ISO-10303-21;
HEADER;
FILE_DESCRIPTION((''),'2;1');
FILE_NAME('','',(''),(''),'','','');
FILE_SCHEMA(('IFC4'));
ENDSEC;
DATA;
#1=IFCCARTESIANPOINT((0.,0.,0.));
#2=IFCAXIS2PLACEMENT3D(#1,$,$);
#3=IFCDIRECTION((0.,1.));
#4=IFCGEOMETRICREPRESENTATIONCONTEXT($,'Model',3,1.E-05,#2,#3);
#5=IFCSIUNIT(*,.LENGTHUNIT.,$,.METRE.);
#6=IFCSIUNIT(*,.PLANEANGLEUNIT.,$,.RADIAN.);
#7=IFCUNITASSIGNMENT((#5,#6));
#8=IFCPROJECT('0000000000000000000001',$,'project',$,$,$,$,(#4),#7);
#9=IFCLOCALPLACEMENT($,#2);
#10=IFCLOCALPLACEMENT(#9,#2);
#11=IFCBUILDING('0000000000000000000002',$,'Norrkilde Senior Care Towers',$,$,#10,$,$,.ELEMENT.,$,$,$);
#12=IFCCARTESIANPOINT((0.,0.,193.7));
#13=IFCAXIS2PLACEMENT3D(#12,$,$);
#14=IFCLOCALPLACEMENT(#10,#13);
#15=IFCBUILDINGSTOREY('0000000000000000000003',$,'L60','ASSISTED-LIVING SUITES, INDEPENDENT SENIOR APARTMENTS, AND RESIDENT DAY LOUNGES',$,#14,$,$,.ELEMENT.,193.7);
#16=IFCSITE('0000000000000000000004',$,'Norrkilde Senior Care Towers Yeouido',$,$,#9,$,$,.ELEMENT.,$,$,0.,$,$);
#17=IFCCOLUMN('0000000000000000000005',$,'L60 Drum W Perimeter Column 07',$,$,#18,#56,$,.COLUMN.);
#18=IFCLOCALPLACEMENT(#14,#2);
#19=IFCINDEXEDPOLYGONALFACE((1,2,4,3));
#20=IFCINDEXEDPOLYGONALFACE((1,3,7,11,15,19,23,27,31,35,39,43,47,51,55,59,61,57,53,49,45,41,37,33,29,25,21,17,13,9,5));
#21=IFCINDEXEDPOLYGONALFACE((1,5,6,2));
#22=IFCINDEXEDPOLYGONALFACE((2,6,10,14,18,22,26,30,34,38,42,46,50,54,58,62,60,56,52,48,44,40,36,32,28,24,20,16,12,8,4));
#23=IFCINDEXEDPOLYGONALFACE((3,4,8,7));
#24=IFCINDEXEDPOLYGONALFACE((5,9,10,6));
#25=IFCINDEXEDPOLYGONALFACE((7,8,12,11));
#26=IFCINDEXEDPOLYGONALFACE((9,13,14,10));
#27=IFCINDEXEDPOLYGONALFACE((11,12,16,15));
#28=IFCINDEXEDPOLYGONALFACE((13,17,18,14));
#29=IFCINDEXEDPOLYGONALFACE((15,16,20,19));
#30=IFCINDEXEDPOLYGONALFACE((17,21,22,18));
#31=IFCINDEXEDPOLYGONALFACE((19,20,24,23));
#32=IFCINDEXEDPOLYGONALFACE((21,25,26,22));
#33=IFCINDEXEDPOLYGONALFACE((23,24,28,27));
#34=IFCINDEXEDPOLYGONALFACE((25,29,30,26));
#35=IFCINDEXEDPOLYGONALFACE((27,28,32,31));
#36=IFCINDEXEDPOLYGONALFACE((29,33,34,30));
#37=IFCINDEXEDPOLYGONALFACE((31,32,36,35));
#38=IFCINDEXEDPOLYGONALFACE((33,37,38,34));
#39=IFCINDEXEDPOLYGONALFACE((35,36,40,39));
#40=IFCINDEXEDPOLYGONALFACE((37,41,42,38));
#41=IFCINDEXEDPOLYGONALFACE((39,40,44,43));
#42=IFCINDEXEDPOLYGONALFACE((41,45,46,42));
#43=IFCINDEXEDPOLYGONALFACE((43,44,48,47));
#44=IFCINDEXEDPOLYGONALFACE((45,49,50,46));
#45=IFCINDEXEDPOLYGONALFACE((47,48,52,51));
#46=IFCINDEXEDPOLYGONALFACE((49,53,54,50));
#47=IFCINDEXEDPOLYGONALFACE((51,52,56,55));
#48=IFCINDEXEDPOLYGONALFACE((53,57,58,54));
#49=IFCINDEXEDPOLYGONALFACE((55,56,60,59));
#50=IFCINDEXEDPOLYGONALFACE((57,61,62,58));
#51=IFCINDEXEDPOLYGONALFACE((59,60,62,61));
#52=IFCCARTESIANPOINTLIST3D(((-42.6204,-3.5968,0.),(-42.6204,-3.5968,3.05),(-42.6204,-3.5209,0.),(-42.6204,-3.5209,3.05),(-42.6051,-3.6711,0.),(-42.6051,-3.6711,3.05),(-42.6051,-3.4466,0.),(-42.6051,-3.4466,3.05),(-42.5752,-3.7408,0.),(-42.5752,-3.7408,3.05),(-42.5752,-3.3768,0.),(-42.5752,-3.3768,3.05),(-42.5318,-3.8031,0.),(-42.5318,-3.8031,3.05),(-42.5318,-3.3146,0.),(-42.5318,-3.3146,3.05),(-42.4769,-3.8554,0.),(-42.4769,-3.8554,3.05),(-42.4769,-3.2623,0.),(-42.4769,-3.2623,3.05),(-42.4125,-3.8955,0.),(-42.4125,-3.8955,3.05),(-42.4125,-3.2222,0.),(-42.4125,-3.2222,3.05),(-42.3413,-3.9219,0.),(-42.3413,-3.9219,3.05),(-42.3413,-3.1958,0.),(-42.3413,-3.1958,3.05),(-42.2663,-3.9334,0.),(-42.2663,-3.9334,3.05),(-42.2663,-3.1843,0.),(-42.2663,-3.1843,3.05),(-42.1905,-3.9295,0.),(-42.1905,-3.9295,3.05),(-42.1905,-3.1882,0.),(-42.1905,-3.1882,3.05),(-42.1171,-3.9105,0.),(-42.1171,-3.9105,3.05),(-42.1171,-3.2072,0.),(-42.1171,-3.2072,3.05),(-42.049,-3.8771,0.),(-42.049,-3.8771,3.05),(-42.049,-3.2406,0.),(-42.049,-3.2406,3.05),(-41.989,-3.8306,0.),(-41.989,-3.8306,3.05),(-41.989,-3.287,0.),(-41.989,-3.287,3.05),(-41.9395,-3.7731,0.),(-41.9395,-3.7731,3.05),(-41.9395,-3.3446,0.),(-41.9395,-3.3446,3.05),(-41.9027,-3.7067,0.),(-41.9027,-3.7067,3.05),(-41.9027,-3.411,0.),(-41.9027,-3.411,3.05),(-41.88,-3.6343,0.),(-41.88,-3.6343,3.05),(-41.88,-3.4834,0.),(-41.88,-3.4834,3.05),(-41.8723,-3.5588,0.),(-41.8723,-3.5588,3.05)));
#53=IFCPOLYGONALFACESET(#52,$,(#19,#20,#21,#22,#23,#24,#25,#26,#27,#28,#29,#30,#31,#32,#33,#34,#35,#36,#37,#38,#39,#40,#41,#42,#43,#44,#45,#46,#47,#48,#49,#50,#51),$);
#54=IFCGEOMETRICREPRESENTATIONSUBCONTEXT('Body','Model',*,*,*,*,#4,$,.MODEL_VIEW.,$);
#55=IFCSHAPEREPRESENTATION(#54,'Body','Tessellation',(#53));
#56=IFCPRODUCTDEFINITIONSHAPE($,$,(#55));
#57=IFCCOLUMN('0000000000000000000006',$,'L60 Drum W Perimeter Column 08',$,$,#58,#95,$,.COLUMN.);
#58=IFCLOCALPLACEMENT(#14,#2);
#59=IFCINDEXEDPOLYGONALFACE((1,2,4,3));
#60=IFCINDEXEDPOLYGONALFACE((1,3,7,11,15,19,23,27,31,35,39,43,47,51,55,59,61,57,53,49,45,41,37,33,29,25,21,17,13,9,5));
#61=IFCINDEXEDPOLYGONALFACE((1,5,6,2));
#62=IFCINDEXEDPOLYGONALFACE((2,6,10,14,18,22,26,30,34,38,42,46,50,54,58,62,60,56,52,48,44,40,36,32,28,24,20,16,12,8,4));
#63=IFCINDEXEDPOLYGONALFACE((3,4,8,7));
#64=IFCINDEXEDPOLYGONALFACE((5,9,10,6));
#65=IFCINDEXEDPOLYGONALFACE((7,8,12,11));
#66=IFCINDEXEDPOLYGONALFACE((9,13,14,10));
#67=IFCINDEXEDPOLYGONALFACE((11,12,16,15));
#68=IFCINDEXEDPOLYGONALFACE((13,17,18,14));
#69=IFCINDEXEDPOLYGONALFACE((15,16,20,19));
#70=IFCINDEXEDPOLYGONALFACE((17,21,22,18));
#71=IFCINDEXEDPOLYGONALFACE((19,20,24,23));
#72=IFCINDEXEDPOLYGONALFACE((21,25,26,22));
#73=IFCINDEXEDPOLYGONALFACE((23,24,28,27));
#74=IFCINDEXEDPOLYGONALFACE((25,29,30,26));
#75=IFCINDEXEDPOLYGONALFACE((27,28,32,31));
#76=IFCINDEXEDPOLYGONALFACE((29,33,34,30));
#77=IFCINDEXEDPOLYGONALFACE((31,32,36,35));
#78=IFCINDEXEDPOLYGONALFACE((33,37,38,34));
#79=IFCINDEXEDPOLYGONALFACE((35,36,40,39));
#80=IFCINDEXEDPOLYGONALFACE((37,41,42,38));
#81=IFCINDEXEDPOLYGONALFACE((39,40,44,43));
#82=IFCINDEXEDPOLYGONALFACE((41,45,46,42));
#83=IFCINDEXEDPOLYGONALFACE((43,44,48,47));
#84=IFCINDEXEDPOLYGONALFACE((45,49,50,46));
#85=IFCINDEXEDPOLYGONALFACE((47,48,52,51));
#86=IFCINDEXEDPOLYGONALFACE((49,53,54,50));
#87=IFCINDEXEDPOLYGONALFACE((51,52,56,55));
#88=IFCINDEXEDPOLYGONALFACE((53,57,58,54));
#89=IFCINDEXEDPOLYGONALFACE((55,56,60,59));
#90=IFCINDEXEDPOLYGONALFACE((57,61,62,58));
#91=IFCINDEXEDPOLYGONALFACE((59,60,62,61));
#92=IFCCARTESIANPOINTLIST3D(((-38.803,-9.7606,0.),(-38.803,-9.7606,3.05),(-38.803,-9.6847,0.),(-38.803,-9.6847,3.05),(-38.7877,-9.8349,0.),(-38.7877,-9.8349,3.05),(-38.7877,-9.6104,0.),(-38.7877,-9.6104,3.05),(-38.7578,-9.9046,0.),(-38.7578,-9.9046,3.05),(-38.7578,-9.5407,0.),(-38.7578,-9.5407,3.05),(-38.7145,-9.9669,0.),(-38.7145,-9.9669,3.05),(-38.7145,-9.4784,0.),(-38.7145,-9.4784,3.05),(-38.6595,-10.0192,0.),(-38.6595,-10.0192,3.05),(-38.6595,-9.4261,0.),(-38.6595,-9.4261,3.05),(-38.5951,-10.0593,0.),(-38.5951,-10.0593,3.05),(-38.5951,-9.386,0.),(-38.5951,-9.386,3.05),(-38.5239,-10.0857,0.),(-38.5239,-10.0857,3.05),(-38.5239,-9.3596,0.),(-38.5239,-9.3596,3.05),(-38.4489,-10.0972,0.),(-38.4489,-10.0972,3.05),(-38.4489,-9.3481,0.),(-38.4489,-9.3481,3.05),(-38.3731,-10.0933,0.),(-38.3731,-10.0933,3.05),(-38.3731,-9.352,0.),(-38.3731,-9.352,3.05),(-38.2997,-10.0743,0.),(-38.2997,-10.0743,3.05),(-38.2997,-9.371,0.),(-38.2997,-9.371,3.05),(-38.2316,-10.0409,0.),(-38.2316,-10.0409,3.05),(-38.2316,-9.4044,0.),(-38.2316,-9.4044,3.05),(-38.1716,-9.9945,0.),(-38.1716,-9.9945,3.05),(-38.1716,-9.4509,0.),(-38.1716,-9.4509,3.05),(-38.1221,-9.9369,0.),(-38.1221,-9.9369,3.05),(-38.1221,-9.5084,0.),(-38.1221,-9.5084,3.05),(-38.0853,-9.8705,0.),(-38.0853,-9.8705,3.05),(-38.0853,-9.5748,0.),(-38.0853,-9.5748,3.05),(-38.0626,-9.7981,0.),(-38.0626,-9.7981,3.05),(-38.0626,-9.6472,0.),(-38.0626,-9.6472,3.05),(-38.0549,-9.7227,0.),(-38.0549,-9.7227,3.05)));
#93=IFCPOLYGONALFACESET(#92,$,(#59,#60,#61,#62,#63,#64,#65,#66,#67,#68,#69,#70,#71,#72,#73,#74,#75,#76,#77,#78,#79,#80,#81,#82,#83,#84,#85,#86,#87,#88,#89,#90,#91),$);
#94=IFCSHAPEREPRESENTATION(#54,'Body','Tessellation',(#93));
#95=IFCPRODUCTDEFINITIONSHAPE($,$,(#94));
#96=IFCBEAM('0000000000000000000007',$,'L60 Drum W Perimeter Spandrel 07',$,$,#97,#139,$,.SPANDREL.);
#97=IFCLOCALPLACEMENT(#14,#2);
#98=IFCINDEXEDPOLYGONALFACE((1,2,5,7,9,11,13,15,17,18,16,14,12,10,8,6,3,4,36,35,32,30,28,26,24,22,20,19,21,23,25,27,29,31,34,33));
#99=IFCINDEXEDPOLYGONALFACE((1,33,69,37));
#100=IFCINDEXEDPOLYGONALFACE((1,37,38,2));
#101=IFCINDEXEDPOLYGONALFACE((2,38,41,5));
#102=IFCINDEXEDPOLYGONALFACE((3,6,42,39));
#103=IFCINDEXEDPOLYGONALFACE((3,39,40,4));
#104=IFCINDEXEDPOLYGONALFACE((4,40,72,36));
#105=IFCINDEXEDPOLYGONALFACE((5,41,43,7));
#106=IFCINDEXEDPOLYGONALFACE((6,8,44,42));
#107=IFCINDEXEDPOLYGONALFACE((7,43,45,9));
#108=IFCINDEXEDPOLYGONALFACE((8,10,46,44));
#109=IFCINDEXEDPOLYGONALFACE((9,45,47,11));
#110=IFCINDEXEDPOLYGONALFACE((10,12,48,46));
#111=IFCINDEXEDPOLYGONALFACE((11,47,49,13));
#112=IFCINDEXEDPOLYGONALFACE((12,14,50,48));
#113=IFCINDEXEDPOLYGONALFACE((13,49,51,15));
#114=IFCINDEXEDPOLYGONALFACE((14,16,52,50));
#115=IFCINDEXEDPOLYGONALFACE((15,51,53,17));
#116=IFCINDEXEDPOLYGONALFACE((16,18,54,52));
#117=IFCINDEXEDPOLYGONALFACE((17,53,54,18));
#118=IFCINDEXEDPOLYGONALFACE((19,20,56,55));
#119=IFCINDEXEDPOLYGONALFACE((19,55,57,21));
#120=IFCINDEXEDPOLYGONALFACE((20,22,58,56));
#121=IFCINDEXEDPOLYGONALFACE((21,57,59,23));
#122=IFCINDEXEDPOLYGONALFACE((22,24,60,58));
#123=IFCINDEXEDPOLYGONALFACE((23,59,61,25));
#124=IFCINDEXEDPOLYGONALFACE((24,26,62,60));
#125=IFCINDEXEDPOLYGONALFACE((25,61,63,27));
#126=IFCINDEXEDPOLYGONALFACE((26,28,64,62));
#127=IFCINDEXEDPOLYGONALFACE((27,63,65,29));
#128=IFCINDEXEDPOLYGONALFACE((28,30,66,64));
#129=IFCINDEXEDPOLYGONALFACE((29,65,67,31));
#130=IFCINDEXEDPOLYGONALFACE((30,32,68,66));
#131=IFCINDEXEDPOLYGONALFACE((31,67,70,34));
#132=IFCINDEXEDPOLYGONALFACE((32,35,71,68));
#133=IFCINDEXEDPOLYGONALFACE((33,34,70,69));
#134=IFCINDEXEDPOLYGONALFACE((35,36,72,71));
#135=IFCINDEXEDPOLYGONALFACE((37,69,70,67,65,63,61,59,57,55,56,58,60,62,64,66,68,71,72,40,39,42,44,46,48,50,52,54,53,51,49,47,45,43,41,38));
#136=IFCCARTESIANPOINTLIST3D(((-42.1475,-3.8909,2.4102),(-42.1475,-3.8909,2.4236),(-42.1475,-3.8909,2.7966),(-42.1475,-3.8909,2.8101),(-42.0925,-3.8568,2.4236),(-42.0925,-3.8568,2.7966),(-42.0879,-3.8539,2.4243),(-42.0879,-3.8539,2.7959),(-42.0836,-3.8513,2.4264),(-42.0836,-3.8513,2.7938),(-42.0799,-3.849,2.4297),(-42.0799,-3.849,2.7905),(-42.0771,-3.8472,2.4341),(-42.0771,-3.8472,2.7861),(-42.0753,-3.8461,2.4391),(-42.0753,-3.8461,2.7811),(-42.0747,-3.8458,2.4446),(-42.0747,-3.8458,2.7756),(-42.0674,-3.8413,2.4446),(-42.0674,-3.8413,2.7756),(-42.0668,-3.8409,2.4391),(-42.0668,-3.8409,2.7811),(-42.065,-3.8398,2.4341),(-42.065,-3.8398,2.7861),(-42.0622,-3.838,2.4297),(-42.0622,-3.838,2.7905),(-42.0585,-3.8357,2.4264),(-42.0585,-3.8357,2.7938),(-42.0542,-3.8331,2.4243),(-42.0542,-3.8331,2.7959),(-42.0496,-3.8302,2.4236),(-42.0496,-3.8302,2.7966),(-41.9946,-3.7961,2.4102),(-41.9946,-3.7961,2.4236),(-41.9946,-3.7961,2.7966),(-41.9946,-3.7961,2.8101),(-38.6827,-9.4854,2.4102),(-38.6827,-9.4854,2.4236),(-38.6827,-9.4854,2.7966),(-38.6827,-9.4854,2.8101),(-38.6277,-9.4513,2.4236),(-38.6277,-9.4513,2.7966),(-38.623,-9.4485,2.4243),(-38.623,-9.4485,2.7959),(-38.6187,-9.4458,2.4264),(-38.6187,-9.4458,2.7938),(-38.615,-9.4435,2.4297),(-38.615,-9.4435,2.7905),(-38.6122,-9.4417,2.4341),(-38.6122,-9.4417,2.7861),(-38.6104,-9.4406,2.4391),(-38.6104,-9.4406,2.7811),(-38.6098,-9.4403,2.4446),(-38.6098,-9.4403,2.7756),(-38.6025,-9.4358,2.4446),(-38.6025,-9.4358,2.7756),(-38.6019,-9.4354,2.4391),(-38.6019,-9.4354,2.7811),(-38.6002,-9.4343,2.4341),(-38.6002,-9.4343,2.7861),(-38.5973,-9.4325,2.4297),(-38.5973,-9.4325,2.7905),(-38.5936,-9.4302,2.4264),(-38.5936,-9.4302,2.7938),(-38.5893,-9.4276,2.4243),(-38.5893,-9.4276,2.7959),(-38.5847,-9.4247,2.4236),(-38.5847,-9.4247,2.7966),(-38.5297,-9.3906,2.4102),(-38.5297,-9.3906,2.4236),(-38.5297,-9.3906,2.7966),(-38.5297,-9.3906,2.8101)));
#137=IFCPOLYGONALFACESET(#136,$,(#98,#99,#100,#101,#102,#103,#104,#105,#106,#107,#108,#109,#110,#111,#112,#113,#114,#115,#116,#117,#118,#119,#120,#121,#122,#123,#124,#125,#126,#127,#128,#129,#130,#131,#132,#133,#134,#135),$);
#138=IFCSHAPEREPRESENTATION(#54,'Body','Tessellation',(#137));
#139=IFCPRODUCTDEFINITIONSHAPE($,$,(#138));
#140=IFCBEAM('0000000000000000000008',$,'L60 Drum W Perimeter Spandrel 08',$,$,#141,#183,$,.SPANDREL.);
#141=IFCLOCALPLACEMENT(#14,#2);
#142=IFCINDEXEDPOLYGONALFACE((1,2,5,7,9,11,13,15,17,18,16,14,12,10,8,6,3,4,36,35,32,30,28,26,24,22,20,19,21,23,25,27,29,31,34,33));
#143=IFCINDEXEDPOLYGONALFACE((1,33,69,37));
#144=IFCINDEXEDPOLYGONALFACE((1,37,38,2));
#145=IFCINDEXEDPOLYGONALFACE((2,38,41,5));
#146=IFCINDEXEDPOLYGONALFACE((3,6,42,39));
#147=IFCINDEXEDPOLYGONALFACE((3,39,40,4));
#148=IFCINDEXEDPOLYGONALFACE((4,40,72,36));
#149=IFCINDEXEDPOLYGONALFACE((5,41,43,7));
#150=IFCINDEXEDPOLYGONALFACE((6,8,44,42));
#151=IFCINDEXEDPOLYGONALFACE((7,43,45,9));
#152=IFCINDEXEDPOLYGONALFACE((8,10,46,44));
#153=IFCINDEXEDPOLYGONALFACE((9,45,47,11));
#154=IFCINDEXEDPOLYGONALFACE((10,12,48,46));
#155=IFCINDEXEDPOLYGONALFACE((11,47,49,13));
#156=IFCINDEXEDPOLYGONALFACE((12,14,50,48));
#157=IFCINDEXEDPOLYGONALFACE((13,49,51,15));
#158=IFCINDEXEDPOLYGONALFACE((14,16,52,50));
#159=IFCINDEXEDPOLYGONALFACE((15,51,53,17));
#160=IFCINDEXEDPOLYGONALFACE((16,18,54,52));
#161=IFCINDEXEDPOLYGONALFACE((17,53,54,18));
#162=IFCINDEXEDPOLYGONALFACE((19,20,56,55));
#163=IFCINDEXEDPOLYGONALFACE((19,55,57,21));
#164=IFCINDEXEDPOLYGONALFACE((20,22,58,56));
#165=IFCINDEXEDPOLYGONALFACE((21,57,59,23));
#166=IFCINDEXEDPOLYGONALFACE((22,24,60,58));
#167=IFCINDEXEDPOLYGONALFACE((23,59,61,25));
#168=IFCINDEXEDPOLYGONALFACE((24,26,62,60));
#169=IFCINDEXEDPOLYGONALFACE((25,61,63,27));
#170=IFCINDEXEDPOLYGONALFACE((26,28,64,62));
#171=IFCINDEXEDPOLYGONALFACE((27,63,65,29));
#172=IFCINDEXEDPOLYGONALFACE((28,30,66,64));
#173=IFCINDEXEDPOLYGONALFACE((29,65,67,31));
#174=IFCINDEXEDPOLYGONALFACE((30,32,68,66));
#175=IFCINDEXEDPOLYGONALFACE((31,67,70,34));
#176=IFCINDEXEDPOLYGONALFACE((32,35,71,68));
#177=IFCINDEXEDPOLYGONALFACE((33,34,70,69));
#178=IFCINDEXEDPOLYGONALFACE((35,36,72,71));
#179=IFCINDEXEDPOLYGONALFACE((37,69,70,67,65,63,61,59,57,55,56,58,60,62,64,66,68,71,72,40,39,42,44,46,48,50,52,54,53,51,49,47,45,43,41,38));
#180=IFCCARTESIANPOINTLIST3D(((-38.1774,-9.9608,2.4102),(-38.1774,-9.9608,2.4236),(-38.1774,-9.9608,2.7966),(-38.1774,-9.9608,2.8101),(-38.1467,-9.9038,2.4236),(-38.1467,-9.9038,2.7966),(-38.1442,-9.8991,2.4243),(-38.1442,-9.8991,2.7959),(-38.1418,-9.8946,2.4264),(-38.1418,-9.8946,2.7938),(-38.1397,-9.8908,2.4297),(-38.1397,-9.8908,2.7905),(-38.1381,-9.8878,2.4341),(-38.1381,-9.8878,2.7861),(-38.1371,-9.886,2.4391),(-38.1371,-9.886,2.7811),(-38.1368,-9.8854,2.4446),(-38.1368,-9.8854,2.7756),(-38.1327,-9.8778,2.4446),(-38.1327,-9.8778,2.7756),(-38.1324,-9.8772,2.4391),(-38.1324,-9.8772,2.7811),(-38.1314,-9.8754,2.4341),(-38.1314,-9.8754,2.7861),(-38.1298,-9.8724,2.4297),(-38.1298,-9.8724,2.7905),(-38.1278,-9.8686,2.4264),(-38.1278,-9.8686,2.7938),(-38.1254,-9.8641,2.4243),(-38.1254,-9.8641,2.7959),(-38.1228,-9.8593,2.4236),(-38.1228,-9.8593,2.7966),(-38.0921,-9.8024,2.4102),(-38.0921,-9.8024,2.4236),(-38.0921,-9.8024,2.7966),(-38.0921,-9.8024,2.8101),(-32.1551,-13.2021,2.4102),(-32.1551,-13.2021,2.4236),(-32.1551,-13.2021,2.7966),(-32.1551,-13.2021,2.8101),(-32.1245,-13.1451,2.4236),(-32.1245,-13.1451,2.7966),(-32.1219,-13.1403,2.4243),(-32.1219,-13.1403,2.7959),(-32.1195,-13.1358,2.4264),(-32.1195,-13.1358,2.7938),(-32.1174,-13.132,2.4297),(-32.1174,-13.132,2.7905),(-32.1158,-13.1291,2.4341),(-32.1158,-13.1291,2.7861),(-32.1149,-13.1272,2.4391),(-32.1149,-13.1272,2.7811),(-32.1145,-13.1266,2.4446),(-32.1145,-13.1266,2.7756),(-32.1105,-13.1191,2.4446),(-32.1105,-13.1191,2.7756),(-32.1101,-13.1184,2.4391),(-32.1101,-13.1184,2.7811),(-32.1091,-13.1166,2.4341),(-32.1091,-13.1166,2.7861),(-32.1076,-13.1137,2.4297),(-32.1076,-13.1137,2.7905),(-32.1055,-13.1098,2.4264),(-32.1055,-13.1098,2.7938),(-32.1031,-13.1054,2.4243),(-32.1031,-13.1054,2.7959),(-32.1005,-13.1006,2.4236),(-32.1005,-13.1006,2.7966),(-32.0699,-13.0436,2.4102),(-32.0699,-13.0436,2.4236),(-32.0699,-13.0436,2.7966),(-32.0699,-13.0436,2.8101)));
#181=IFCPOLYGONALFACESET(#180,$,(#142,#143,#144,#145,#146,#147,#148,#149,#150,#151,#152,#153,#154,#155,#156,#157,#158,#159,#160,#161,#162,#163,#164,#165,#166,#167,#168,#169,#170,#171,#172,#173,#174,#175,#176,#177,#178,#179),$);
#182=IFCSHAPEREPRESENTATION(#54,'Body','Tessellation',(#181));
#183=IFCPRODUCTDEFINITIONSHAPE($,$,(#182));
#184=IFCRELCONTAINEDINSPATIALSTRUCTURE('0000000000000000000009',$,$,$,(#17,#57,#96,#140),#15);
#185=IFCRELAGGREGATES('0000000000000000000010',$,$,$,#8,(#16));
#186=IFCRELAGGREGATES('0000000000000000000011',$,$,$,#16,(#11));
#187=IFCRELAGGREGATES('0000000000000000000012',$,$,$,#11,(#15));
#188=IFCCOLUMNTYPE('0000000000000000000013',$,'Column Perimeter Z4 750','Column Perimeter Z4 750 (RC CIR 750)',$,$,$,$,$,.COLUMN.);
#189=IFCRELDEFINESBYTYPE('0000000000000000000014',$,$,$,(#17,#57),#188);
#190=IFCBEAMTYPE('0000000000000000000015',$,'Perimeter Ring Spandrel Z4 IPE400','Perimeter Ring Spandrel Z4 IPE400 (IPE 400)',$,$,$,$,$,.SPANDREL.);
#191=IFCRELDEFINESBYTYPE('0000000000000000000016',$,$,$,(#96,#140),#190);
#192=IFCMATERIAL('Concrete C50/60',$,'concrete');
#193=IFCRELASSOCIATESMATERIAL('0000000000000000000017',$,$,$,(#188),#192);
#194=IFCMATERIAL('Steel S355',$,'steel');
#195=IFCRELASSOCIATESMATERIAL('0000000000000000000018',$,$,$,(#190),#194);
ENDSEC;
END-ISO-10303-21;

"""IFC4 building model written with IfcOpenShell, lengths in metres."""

from ifc_helpers import new_model, si_unit, direction, frame, origin, origin_2d, place, context, subcontext, project, spatial, circle, i_section, extrude, source, transform, mapped, material, material_profile, profile_set, type_object, type_shapes, element, save


model = new_model("IFC4")

# Units and contexts
model_context = context("Model", 3, precision=1e-05, world=origin(), true_north=direction((0.0, 1.0)))
body_context = subcontext(model_context, "Body", "Model", "MODEL_VIEW")
ifc_project = project(units=[si_unit("LENGTHUNIT", "METRE"), si_unit("PLANEANGLEUNIT", "RADIAN")], contexts=[model_context])

# Site, building, storey
site_placement = place(None, origin())
site = spatial("IfcSite", under=ifc_project, at=site_placement, Name="Norrkilde Senior Care Towers Yeouido", CompositionType="ELEMENT", RefElevation=0.0)
building_placement = place(site_placement, origin())
building = spatial("IfcBuilding", under=site, at=building_placement, Name="Norrkilde Senior Care Towers", CompositionType="ELEMENT")
storey_placement = place(building_placement, frame((0.0, 0.0, 193.7)))
storey = spatial("IfcBuildingStorey", under=building, at=storey_placement, Name="L60", Description="ASSISTED-LIVING SUITES, INDEPENDENT SENIOR APARTMENTS, AND RESIDENT DAY LOUNGES", CompositionType="ELEMENT", Elevation=193.7)

# Columns
ifc_material_1 = material(Name="Concrete C50/60", Category="concrete")
ifc_material_profile_1 = material_profile(ifc_material_1, circle(Radius=0.375, at=origin_2d()), Name="RC CIR 750")
ifc_profile_set_1 = profile_set([ifc_material_profile_1], Name="Concrete C50/60")
column_type = type_object("IfcColumnType", Name="Column Perimeter Z4 750", Description="Column Perimeter Z4 750 (RC CIR 750)", PredefinedType="COLUMN", material=ifc_profile_set_1)
shared_shape_1 = source(origin(), body_context, "Body", "SweptSolid", [
    extrude(circle(Radius=0.375, at=origin_2d()), origin(), (0.0, 0.0, 1.0), 3.05),
])
type_shapes(column_type, [shared_shape_1])
for number, where, z_axis, x_axis, name in (
    (1, (-42.2473, -3.5588, 0.0), (0.0, 0.0, 1.0), (1.0, 0.0, 0.0), "L60 Drum W Perimeter Column 07"),
    (2, (-38.4299, -9.7227, 0.0), (0.0, 0.0, 1.0), (1.0, 0.0, 0.0), "L60 Drum W Perimeter Column 08"),
):
    element("IfcColumn", number, at=place(storey_placement, frame(where, z_axis=z_axis, x_axis=x_axis)), inside=storey, type_object=column_type, Name=name, PredefinedType="COLUMN", context=body_context, shape_type="MappedRepresentation", body=[
        mapped(shared_shape_1, transform((0.0, 0.0, 0.0), x_axis=(1.0, 0.0, 0.0), y_axis=(0.0, 1.0, 0.0), z_axis=(0.0, 0.0, 1.0), scale=1.0)),
    ])

# Beams
ifc_material_2 = material(Name="Steel S355", Category="steel")
ifc_material_profile_2 = material_profile(ifc_material_2, i_section(OverallWidth=0.1799, OverallDepth=0.3999, WebThickness=0.0085, FlangeThickness=0.0134, FilletRadius=0.021, at=origin_2d()), Name="IPE 400")
ifc_profile_set_2 = profile_set([ifc_material_profile_2], Name="Steel S355")
beam_type_1 = type_object("IfcBeamType", Name="Perimeter Ring Spandrel Z4 IPE400", Description="Perimeter Ring Spandrel Z4 IPE400 (IPE 400)", PredefinedType="SPANDREL", material=ifc_profile_set_2)
shared_shape_2 = source(origin(), body_context, "Body", "SweptSolid", [
    extrude(i_section(OverallWidth=0.1799, OverallDepth=0.3999, WebThickness=0.0085, FlangeThickness=0.0134, FilletRadius=0.021, at=origin_2d()), origin(), (0.0, 0.0, 1.0), 6.5806),
])
beam_1_placement = place(storey_placement, frame((-42.071, -3.8435, 2.6101), z_axis=(0.52653, -0.850157, 0.0), x_axis=(0.850157, 0.52653, 0.0)))
element("IfcBeam", 3, at=beam_1_placement, inside=storey, type_object=beam_type_1, Name="L60 Drum W Perimeter Spandrel 07", PredefinedType="SPANDREL", context=body_context, shape_type="MappedRepresentation", body=[
    mapped(shared_shape_2, transform((0.0, 0.0, 0.0), x_axis=(1.0, 0.0, 0.0), y_axis=(0.0, 1.0, 0.0), z_axis=(0.0, 0.0, 1.0), scale=1.0)),
])
shared_shape_3 = source(origin(), body_context, "Body", "SweptSolid", [
    extrude(i_section(OverallWidth=0.1799, OverallDepth=0.3999, WebThickness=0.0085, FlangeThickness=0.0134, FilletRadius=0.021, at=origin_2d()), origin(), (0.0, 0.0, 1.0), 6.8391),
])
type_shapes(beam_type_1, [shared_shape_2, shared_shape_3])
beam_2_placement = place(storey_placement, frame((-38.1348, -9.8816, 2.6101), z_axis=(0.880564, -0.473927, 0.0), x_axis=(0.473927, 0.880564, 0.0)))
element("IfcBeam", 4, at=beam_2_placement, inside=storey, type_object=beam_type_1, Name="L60 Drum W Perimeter Spandrel 08", PredefinedType="SPANDREL", context=body_context, shape_type="MappedRepresentation", body=[
    mapped(shared_shape_3, transform((0.0, 0.0, 0.0), x_axis=(1.0, 0.0, 0.0), y_axis=(0.0, 1.0, 0.0), z_axis=(0.0, 0.0, 1.0), scale=1.0)),
])

save(model, "model.ifc")
